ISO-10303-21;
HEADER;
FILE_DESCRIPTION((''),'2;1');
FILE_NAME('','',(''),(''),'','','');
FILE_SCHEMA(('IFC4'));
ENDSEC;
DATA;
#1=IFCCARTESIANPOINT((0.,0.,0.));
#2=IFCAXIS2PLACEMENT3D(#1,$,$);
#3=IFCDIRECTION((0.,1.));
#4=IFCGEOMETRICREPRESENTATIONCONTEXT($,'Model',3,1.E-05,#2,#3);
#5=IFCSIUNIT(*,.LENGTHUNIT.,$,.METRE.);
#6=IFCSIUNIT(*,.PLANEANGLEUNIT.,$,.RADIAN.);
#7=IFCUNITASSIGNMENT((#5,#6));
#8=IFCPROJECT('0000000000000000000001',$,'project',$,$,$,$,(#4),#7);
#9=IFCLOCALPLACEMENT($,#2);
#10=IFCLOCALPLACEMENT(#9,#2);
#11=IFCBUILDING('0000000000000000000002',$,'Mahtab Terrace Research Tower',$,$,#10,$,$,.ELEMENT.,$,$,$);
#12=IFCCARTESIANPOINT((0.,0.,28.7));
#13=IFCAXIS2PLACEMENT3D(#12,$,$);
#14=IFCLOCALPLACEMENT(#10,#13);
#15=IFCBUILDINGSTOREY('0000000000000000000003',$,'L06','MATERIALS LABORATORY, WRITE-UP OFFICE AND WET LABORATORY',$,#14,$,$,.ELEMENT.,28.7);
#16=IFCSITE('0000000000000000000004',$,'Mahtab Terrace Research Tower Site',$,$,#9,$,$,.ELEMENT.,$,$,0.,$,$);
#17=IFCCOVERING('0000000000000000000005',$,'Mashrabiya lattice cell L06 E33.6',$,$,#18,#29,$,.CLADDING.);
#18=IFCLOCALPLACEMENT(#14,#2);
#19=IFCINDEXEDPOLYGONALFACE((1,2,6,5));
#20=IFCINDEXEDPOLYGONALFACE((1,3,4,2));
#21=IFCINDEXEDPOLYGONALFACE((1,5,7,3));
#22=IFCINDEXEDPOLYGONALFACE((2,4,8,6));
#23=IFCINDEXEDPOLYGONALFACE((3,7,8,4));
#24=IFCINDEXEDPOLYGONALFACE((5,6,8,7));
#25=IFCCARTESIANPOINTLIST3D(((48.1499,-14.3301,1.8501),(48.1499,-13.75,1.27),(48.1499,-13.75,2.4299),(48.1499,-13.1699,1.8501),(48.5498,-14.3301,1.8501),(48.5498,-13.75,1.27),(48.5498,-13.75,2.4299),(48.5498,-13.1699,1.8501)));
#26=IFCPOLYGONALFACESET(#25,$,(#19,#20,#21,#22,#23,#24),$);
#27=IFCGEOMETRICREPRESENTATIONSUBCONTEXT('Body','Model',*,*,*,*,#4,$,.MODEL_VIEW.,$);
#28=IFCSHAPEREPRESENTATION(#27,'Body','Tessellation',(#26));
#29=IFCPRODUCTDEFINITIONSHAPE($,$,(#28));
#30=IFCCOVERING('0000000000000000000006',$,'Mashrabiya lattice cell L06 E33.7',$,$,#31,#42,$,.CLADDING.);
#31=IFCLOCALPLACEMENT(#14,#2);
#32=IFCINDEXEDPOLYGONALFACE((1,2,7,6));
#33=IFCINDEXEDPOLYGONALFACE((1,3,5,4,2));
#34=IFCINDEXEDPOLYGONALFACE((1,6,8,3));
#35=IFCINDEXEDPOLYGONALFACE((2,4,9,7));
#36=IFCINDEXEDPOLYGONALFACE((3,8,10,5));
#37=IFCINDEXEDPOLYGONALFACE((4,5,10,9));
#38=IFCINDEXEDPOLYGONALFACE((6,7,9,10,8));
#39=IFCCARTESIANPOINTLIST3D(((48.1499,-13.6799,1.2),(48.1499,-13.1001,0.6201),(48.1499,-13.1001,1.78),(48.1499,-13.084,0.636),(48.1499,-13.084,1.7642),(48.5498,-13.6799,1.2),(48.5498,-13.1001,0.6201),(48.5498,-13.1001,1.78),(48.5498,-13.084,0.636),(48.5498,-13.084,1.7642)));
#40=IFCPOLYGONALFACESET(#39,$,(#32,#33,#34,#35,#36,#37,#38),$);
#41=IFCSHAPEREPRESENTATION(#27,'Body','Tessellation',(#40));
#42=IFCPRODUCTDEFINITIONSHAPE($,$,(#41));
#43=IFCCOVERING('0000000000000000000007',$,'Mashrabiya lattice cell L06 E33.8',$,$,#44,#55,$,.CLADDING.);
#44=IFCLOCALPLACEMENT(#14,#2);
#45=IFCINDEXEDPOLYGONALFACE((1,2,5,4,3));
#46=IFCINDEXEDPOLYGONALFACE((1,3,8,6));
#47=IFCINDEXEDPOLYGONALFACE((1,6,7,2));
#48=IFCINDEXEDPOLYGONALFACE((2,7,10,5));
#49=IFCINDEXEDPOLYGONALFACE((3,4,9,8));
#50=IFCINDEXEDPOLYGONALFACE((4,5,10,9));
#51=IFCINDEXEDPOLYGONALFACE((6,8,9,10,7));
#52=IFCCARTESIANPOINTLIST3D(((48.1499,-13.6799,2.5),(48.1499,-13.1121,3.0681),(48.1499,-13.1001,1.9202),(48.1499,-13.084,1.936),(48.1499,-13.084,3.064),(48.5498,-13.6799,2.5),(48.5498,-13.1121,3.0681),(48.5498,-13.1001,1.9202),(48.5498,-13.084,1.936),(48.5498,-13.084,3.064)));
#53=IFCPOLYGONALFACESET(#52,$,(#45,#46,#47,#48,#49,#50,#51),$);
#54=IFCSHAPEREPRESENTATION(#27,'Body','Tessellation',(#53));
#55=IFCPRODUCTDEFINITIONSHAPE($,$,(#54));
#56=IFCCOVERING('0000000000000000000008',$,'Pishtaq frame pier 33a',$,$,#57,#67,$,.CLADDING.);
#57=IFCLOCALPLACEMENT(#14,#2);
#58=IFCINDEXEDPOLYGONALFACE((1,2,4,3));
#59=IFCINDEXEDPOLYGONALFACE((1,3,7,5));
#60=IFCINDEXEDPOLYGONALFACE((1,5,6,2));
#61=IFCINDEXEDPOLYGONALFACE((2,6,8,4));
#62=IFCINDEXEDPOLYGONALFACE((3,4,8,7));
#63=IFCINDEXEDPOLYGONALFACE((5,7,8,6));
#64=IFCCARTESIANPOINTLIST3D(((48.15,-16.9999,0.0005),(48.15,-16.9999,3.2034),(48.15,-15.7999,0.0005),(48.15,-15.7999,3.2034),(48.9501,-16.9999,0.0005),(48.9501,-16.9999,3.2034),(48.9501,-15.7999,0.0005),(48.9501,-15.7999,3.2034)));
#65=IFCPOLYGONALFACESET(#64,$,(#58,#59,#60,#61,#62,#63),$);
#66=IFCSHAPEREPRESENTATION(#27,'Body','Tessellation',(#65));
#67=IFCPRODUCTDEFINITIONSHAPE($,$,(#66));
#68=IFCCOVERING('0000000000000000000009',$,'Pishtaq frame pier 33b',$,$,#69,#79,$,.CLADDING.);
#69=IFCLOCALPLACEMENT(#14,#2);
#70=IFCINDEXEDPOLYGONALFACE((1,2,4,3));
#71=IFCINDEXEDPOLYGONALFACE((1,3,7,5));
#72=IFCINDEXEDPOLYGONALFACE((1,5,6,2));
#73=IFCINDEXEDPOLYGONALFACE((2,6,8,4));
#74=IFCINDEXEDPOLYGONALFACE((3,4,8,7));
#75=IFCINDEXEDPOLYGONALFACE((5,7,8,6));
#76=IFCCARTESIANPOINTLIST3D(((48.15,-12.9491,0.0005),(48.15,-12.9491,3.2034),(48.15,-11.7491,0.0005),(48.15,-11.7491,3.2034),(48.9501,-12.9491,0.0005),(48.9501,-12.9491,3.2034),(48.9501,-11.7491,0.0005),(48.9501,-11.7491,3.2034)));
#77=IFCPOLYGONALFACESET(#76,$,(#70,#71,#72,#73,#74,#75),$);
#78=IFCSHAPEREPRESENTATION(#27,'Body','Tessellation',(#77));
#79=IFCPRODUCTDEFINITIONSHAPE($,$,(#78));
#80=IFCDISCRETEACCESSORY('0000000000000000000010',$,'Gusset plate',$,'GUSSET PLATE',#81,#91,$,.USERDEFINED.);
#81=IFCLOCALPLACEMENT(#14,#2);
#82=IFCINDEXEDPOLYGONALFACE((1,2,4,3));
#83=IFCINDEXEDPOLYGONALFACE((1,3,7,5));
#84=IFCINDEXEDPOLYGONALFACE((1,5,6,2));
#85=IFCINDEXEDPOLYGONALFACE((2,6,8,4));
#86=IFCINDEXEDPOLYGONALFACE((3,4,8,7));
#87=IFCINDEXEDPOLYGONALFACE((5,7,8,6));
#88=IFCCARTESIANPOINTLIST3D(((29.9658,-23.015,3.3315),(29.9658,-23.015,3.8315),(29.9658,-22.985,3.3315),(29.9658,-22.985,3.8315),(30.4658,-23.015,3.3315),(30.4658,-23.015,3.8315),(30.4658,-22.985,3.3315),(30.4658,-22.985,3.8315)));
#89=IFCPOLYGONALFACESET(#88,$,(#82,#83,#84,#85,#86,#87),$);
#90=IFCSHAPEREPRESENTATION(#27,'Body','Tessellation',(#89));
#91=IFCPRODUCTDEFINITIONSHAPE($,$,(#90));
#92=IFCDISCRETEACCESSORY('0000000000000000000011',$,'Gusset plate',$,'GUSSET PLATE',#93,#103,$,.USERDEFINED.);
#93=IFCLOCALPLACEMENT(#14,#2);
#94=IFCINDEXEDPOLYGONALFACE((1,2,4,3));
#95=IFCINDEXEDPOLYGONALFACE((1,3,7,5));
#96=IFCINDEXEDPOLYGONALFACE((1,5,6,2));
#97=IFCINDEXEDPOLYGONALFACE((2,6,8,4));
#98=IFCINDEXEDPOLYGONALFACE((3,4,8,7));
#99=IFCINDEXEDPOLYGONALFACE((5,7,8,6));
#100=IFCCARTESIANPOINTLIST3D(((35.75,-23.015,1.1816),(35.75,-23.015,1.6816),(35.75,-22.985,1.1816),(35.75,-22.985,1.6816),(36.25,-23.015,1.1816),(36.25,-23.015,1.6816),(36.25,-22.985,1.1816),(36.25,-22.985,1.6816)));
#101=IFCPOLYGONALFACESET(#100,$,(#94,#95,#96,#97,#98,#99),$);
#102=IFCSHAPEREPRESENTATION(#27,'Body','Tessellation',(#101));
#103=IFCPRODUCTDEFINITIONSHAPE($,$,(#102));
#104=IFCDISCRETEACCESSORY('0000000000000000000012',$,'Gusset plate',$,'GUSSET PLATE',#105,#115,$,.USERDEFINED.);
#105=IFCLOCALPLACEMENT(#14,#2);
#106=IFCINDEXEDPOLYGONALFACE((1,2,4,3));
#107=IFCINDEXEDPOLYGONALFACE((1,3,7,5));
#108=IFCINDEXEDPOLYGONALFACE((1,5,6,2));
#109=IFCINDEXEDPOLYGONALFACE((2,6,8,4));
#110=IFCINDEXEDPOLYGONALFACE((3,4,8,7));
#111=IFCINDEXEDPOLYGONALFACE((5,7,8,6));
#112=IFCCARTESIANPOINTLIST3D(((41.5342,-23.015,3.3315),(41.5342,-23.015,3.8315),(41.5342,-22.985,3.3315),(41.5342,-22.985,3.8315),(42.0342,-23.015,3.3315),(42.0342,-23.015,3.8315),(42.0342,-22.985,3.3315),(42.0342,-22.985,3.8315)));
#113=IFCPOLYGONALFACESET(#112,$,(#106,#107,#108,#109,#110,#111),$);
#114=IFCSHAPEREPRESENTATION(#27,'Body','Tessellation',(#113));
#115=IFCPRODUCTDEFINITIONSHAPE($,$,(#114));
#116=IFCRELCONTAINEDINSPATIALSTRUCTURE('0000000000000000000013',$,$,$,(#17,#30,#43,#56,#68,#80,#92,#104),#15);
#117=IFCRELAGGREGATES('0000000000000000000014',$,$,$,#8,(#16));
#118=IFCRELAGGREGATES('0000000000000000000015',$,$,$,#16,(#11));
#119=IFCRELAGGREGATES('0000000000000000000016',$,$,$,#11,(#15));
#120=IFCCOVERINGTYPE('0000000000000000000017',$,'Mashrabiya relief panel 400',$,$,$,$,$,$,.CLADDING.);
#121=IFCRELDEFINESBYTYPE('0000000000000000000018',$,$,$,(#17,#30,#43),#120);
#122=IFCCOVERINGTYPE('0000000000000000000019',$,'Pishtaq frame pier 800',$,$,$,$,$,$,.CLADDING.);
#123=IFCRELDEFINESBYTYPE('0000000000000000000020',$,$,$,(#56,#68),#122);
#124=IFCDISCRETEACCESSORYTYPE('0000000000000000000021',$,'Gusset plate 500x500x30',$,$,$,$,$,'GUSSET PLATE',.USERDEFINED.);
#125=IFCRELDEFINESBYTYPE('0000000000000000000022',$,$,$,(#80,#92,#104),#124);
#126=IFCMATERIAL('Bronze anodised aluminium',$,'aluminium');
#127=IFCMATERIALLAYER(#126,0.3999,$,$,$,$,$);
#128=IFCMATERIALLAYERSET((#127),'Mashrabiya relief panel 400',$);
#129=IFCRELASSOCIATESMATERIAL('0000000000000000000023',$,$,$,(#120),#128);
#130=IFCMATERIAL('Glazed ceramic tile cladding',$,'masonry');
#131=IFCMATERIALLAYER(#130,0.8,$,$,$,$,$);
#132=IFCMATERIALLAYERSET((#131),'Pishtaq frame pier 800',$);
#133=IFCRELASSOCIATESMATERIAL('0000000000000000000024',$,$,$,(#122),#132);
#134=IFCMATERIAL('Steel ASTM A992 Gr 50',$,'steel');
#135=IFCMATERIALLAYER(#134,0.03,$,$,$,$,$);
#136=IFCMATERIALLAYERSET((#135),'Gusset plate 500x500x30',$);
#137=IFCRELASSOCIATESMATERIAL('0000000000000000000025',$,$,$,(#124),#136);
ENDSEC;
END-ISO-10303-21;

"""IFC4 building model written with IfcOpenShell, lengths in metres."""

from ifc_helpers import new_model, si_unit, direction, frame, origin, origin_2d, place, context, subcontext, project, spatial, polyline, rectangle, outline, extrude, material, layer, layer_set, type_object, element, save


model = new_model("IFC4")

# Units and contexts
model_context = context("Model", 3, precision=1e-05, world=origin(), true_north=direction((0.0, 1.0)))
body_context = subcontext(model_context, "Body", "Model", "MODEL_VIEW")
ifc_project = project(units=[si_unit("LENGTHUNIT", "METRE"), si_unit("PLANEANGLEUNIT", "RADIAN")], contexts=[model_context])

# Site, building, storey
site_placement = place(None, origin())
site = spatial("IfcSite", under=ifc_project, at=site_placement, Name="Mahtab Terrace Research Tower Site", CompositionType="ELEMENT", RefElevation=0.0)
building_placement = place(site_placement, origin())
building = spatial("IfcBuilding", under=site, at=building_placement, Name="Mahtab Terrace Research Tower", CompositionType="ELEMENT")
storey_placement = place(building_placement, frame((0.0, 0.0, 28.7)))
storey = spatial("IfcBuildingStorey", under=building, at=storey_placement, Name="L06", Description="MATERIALS LABORATORY, WRITE-UP OFFICE AND WET LABORATORY", CompositionType="ELEMENT", Elevation=28.7)

# Shared definitions
ifc_material_1 = material(Name="Steel ASTM A992 Gr 50", Category="steel")

# Coverings
ifc_material_2 = material(Name="Bronze anodised aluminium", Category="aluminium")
ifc_layer_1 = layer(ifc_material_2, 0.3999)
ifc_layer_set_1 = layer_set([ifc_layer_1], Name="Mashrabiya relief panel 400")
covering_type_1 = type_object("IfcCoveringType", Name="Mashrabiya relief panel 400", PredefinedType="CLADDING", material=ifc_layer_set_1)
covering_1_placement = place(storey_placement, frame((48.1499, -13.75, 2.4299), z_axis=(-1.0, 0.0, 0.0), x_axis=(0.0, 0.707256, -0.706958)))
element("IfcCovering", 1, at=covering_1_placement, inside=storey, type_object=covering_type_1, Name="Mashrabiya lattice cell L06 E33.6", PredefinedType="CLADDING", context=body_context, shape_type="SweptSolid", body=[
    extrude(outline(polyline([(0.0, 0.0), (0.8202, 0.0), (0.82, 0.8204), (-0.0003, 0.8202), (0.0, 0.0)])), origin(), (0.0, 0.0, -1.0), 0.3999),
])
covering_2_placement = place(storey_placement, frame((48.1499, -13.1001, 0.6201), z_axis=(-1.0, 0.0, 0.0), x_axis=(0.0, -0.707107, 0.707107)))
element("IfcCovering", 2, at=covering_2_placement, inside=storey, type_object=covering_type_1, Name="Mashrabiya lattice cell L06 E33.7", PredefinedType="CLADDING", context=body_context, shape_type="SweptSolid", body=[
    extrude(outline(polyline([(0.0, 0.0), (0.82, 0.0), (0.8202, 0.8202), (0.7976, 0.8204), (-0.0002, 0.0226), (0.0, 0.0)])), origin(), (0.0, 0.0, -1.0), 0.3999),
])
covering_3_placement = place(storey_placement, frame((48.1499, -13.1001, 1.9202), z_axis=(-1.0, 0.0, 0.0), x_axis=(0.0, -0.707107, 0.707107)))
element("IfcCovering", 3, at=covering_3_placement, inside=storey, type_object=covering_type_1, Name="Mashrabiya lattice cell L06 E33.8", PredefinedType="CLADDING", context=body_context, shape_type="SweptSolid", body=[
    extrude(outline(polyline([(0.0, 0.0), (0.82, 0.0), (0.8202, 0.8033), (0.7974, 0.8202), (-0.0002, 0.0226), (0.0, 0.0)])), origin(), (0.0, 0.0, -1.0), 0.3999),
])
ifc_material_3 = material(Name="Glazed ceramic tile cladding", Category="masonry")
ifc_layer_2 = layer(ifc_material_3, 0.8)
ifc_layer_set_2 = layer_set([ifc_layer_2], Name="Pishtaq frame pier 800")
covering_type_2 = type_object("IfcCoveringType", Name="Pishtaq frame pier 800", PredefinedType="CLADDING", material=ifc_layer_set_2)
for number, where, z_axis, x_axis, name in (
    (4, (48.55, -16.3999, 0.0005), (0.0, 0.0, 1.0), (0.0, 1.0, 0.0), "Pishtaq frame pier 33a"),
    (5, (48.55, -12.3491, 0.0005), (0.0, 0.0, 1.0), (0.0, 1.0, 0.0), "Pishtaq frame pier 33b"),
):
    element("IfcCovering", number, at=place(storey_placement, frame(where, z_axis=z_axis, x_axis=x_axis)), inside=storey, type_object=covering_type_2, Name=name, PredefinedType="CLADDING", context=body_context, shape_type="SweptSolid", body=[
        extrude(rectangle(XDim=1.2, YDim=0.8, at=origin_2d()), origin(), (0.0, 0.0, 1.0), 3.2029),
    ])

# Discrete accessories
ifc_layer_3 = layer(ifc_material_1, 0.03)
ifc_layer_set_3 = layer_set([ifc_layer_3], Name="Gusset plate 500x500x30")
discrete_accessory_type = type_object("IfcDiscreteAccessoryType", Name="Gusset plate 500x500x30", ElementType="GUSSET PLATE", PredefinedType="USERDEFINED", material=ifc_layer_set_3)
for number, where, z_axis, x_axis, name in (
    (6, (30.2158, -23.0, 3.3315), (0.0, 0.0, 1.0), (1.0, 0.0, 0.0), "Gusset plate"),
    (7, (36.0, -23.0, 1.1816), (0.0, 0.0, 1.0), (1.0, 0.0, 0.0), "Gusset plate"),
    (8, (41.7842, -23.0, 3.3315), (0.0, 0.0, 1.0), (1.0, 0.0, 0.0), "Gusset plate"),
):
    element("IfcDiscreteAccessory", number, at=place(storey_placement, frame(where, z_axis=z_axis, x_axis=x_axis)), inside=storey, type_object=discrete_accessory_type, Name=name, ObjectType="GUSSET PLATE", PredefinedType="USERDEFINED", context=body_context, shape_type="SweptSolid", body=[
        extrude(rectangle(XDim=0.5, YDim=0.03, at=origin_2d()), origin(), (0.0, 0.0, 1.0), 0.5),
    ])

save(model, "model.ifc")
